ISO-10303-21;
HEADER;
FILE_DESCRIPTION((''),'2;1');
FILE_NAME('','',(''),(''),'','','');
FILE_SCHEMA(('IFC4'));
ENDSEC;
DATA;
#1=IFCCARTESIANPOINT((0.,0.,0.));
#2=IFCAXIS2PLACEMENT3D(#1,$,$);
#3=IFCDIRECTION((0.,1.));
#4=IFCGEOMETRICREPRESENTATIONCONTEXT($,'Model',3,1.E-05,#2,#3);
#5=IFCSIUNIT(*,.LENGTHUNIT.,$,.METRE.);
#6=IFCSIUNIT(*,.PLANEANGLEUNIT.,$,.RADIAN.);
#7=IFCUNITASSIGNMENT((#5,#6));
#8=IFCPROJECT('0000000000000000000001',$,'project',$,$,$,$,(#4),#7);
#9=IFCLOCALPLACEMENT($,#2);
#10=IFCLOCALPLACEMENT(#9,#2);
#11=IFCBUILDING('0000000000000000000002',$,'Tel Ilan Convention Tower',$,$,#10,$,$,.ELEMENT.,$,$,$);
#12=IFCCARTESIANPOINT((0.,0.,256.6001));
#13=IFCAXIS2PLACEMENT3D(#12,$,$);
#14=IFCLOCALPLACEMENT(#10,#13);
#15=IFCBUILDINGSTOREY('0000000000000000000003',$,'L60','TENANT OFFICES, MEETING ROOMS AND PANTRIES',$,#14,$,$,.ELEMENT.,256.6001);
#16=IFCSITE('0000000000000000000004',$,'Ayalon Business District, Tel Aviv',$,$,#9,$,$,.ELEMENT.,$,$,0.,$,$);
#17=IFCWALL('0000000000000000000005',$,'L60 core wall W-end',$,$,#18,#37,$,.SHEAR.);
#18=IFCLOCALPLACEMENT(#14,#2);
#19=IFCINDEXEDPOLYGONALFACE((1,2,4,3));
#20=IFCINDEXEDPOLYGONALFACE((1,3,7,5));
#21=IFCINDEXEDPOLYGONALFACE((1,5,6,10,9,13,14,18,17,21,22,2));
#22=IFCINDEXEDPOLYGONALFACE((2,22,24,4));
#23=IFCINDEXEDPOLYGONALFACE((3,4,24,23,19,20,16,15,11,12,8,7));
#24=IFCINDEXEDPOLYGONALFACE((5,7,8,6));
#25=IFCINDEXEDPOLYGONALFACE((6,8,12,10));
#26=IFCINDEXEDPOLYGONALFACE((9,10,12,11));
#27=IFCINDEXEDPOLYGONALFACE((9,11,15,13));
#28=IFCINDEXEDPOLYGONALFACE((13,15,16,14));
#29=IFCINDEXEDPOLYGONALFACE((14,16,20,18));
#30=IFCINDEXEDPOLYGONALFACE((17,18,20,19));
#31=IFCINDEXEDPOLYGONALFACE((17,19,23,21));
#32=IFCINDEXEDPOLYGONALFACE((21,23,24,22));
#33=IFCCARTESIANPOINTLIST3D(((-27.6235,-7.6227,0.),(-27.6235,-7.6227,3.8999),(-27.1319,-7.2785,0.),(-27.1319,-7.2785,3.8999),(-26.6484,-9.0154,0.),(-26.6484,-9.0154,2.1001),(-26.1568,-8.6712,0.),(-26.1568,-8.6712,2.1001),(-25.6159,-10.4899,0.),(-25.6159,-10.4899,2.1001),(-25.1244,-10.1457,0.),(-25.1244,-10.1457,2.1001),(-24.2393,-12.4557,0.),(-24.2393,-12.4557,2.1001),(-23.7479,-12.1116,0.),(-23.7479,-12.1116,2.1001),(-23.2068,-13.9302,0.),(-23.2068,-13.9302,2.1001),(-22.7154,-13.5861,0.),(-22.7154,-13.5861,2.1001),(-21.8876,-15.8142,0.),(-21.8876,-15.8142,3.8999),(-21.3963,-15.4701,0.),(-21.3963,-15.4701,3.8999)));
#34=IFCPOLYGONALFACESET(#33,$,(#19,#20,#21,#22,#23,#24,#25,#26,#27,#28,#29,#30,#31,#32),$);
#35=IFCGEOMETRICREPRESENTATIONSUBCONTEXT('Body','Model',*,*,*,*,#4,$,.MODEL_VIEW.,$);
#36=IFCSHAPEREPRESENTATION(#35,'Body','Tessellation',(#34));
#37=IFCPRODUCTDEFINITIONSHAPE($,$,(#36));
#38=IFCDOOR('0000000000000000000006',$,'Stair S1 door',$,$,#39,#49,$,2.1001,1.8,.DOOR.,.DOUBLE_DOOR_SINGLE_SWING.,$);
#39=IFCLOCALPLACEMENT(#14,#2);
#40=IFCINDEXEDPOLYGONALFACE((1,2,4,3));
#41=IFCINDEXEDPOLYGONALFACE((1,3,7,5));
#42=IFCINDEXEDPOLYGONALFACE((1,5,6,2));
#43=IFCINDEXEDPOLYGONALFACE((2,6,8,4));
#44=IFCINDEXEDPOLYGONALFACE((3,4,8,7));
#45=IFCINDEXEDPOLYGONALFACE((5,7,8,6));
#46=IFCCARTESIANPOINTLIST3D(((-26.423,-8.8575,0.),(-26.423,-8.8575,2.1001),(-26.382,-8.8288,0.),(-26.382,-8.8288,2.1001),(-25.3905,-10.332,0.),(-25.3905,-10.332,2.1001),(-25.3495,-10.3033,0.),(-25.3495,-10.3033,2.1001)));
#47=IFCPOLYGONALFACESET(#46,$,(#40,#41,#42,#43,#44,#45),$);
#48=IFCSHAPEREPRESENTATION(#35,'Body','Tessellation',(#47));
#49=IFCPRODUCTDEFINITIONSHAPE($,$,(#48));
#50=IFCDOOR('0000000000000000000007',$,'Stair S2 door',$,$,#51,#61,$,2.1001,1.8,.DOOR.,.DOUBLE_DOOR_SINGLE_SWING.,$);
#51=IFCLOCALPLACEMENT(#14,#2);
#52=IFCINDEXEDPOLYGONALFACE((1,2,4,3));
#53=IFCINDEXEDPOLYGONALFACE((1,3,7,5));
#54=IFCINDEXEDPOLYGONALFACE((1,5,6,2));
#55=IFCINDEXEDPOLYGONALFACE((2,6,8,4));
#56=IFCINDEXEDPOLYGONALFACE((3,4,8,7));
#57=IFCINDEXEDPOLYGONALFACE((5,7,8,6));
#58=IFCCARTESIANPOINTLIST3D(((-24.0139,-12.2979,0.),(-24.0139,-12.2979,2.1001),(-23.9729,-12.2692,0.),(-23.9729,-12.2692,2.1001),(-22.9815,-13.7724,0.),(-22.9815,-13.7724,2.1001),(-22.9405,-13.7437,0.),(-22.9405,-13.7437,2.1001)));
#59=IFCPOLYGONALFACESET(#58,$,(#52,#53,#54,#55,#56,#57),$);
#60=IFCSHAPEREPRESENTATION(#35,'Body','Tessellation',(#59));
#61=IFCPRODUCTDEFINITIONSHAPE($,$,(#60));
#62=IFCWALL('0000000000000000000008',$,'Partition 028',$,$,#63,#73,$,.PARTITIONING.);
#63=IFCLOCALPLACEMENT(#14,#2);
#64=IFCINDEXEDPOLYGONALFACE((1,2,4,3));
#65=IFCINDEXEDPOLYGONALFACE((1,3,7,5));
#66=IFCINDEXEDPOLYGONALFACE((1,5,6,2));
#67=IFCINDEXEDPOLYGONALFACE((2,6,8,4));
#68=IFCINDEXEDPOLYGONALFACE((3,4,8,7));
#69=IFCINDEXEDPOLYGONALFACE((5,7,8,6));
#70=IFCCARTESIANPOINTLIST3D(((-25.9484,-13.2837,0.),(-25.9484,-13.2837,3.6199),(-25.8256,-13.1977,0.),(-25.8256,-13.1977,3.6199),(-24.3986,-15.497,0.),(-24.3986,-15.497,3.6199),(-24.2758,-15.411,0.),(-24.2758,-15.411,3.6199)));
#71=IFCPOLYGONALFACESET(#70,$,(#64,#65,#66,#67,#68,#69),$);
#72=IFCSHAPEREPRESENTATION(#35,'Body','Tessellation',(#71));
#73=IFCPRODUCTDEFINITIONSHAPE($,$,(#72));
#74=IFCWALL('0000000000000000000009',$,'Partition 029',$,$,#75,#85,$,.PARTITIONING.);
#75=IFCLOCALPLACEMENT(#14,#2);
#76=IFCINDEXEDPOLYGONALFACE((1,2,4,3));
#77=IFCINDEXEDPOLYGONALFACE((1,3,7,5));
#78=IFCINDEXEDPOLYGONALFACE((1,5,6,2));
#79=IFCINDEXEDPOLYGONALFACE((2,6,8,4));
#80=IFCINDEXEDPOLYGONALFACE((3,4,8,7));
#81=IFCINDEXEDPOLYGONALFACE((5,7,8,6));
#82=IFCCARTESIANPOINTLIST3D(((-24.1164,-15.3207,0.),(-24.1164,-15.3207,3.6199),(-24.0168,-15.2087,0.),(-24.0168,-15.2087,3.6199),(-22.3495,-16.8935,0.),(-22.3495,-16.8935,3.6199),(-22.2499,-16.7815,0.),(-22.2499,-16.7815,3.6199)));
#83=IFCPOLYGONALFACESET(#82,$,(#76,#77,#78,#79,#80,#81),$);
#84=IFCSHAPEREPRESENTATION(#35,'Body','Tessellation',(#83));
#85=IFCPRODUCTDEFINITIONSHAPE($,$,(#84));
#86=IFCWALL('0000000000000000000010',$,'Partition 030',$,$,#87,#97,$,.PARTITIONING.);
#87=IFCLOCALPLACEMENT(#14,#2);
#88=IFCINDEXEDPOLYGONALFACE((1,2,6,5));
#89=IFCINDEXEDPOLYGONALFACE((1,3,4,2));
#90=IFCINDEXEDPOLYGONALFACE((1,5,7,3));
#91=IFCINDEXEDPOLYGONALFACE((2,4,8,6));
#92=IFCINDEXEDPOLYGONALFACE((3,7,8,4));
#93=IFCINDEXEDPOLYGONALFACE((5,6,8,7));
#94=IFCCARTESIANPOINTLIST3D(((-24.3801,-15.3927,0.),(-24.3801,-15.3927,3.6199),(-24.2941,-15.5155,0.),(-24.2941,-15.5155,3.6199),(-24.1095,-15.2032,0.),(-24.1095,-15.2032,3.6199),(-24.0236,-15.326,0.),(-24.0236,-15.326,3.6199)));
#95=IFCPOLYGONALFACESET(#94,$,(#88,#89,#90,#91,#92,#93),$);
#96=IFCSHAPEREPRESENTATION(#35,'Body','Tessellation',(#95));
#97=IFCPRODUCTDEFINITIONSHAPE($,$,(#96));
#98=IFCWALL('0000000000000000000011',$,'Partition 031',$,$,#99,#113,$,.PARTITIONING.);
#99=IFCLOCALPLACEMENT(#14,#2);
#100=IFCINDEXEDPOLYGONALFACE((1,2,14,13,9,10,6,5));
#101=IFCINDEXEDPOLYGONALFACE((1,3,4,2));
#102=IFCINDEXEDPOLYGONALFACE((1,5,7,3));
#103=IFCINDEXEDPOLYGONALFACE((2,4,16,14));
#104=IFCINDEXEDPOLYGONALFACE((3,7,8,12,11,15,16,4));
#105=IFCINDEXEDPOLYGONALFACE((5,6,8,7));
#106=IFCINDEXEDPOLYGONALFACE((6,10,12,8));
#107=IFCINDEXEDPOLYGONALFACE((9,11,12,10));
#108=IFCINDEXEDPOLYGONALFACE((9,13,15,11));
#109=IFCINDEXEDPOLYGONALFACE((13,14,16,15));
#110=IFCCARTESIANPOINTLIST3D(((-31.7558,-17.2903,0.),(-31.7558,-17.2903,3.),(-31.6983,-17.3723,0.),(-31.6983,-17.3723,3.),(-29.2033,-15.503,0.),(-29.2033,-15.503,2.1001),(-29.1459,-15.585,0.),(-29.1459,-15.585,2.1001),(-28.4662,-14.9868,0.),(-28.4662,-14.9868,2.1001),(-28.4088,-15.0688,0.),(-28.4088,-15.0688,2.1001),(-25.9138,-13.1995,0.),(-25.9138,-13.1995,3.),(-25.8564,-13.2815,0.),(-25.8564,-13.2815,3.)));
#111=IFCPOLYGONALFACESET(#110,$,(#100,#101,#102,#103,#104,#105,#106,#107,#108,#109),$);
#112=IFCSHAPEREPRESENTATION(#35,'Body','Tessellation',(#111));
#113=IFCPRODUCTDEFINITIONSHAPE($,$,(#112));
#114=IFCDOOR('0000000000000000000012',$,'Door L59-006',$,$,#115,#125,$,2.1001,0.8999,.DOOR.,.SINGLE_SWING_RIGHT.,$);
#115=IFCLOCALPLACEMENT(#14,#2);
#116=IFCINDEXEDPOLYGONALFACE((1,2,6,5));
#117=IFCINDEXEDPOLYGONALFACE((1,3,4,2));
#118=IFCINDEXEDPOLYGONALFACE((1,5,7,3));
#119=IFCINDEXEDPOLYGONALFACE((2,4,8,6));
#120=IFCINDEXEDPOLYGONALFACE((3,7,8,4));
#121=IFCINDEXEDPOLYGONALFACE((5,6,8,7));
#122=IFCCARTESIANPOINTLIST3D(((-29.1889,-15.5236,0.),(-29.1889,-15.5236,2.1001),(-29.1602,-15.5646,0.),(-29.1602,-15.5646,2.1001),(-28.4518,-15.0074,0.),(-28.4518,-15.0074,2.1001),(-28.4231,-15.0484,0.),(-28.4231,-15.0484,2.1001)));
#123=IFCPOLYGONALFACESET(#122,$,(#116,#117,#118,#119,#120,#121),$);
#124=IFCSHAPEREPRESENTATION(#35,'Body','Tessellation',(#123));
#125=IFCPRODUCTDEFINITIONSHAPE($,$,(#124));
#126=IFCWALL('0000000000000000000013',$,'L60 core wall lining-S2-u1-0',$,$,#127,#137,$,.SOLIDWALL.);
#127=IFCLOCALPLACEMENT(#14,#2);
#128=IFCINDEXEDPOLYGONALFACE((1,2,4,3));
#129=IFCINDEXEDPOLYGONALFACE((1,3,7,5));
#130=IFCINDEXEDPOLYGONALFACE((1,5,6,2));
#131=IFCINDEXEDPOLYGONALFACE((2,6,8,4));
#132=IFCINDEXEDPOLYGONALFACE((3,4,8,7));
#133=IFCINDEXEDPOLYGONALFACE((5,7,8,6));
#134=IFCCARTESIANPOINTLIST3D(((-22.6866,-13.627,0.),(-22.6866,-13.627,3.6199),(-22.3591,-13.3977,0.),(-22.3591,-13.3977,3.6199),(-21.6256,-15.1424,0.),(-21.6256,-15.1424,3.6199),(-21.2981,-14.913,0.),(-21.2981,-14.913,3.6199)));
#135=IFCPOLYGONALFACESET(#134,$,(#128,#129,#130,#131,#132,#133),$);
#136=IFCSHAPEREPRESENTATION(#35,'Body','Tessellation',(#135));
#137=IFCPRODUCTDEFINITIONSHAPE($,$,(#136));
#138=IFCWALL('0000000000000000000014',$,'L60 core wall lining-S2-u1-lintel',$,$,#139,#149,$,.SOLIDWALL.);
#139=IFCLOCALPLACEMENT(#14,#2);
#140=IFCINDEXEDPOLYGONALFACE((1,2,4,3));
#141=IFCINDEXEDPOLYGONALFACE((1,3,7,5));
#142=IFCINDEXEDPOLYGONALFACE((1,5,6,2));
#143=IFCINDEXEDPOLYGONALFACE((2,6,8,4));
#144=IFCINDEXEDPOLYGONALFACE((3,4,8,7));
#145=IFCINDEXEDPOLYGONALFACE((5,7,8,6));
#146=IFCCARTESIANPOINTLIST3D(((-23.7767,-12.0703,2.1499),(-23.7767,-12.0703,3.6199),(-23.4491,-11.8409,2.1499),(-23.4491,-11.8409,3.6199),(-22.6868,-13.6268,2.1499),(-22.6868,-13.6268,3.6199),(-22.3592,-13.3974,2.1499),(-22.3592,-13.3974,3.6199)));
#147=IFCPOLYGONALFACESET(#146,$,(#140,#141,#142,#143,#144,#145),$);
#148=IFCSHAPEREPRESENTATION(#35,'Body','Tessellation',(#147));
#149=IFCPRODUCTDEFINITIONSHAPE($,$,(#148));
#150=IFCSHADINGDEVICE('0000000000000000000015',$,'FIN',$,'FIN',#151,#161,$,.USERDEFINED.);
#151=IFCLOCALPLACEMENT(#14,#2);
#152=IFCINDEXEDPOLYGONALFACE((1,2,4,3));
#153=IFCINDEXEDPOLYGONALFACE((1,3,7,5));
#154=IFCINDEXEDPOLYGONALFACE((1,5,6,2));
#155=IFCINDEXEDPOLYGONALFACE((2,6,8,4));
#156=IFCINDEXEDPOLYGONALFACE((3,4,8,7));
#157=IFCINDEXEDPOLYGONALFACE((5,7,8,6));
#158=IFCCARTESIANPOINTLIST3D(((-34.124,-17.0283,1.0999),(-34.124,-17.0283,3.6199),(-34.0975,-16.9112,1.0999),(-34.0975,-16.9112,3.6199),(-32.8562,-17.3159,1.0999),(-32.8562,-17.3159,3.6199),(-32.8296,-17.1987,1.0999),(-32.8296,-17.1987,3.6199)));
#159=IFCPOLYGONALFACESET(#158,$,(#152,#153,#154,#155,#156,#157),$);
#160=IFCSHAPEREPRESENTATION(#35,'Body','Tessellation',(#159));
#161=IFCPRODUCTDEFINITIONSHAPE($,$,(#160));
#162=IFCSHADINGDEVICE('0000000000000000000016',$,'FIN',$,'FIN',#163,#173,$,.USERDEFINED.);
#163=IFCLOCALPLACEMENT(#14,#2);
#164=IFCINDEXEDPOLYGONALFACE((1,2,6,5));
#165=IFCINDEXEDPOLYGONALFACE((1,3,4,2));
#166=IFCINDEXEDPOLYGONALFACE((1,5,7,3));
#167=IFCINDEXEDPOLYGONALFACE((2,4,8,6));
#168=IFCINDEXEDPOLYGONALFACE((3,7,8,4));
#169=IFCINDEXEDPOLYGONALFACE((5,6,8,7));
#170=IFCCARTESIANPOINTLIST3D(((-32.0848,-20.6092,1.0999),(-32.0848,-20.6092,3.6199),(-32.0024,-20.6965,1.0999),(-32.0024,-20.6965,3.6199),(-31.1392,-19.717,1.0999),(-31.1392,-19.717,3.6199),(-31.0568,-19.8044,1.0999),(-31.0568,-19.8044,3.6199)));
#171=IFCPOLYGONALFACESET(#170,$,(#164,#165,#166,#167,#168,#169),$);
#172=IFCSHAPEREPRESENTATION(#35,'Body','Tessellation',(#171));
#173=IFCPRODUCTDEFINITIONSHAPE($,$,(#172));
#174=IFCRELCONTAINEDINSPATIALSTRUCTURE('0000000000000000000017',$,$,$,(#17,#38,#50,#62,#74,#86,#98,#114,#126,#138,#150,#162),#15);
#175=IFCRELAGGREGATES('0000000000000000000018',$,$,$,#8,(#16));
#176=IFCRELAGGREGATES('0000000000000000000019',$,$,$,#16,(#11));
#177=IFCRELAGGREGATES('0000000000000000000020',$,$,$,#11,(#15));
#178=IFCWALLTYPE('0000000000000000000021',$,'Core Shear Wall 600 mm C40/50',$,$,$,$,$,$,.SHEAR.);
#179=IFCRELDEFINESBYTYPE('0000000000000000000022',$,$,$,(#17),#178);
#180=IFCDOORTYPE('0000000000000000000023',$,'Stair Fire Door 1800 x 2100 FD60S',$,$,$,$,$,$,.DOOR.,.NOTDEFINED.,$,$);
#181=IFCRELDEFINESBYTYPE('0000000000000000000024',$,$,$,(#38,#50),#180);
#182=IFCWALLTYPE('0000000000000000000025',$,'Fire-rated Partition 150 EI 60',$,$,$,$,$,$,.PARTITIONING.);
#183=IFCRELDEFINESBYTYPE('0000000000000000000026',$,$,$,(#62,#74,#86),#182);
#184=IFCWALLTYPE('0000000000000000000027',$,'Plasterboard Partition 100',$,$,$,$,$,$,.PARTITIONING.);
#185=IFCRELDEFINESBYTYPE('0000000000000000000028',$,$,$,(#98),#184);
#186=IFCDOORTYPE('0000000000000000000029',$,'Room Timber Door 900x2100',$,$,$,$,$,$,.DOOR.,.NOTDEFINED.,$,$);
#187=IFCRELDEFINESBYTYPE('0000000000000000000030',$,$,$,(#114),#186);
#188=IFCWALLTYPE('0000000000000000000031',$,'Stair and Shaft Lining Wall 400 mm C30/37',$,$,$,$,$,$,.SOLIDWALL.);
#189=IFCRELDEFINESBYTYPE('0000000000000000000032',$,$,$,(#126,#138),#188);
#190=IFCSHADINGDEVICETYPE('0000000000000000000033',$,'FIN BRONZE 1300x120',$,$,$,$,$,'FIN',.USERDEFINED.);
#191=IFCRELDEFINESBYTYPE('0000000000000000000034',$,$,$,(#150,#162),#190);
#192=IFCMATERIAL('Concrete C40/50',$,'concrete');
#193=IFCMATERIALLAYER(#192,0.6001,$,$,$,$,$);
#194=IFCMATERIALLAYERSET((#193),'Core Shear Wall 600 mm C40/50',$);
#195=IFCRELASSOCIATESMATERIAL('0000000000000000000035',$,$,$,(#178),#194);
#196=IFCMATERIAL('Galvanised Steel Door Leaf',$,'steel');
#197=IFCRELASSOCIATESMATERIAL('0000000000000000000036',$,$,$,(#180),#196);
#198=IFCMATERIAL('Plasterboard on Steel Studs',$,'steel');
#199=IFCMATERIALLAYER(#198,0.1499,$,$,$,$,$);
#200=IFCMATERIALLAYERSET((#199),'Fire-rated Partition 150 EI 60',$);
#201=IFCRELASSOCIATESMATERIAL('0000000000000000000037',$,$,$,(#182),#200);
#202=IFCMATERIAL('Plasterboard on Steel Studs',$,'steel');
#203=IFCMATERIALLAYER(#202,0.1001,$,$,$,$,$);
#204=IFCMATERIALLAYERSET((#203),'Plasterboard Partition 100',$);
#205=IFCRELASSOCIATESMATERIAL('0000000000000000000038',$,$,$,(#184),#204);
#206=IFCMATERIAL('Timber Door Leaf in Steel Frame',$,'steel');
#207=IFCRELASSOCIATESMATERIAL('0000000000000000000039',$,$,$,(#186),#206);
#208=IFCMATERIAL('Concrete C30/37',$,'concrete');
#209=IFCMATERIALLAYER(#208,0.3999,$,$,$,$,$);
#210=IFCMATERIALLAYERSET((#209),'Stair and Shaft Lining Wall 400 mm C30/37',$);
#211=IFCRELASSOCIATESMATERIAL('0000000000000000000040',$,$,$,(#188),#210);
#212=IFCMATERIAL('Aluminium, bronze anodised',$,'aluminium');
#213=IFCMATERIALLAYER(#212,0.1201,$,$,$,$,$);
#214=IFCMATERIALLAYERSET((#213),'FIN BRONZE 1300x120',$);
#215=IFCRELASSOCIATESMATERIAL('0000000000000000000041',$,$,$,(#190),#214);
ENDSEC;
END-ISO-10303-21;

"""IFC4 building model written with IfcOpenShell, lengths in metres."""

from ifc_helpers import new_model, si_unit, direction, frame, frame_2d, origin, origin_2d, place, context, subcontext, project, spatial, polyline, rectangle, outline, extrude, material, layer, layer_set, type_object, element, fill, save


model = new_model("IFC4")

# Units and contexts
model_context = context("Model", 3, precision=1e-05, world=origin(), true_north=direction((0.0, 1.0)))
body_context = subcontext(model_context, "Body", "Model", "MODEL_VIEW")
ifc_project = project(units=[si_unit("LENGTHUNIT", "METRE"), si_unit("PLANEANGLEUNIT", "RADIAN")], contexts=[model_context])

# Site, building, storey
site_placement = place(None, origin())
site = spatial("IfcSite", under=ifc_project, at=site_placement, Name="Ayalon Business District, Tel Aviv", CompositionType="ELEMENT", RefElevation=0.0)
building_placement = place(site_placement, origin())
building = spatial("IfcBuilding", under=site, at=building_placement, Name="Tel Ilan Convention Tower", CompositionType="ELEMENT")
storey_placement = place(building_placement, frame((0.0, 0.0, 256.6001)))
storey = spatial("IfcBuildingStorey", under=building, at=storey_placement, Name="L60", Description="TENANT OFFICES, MEETING ROOMS AND PANTRIES", CompositionType="ELEMENT", Elevation=256.6001)

# Wall, openings, doors
ifc_material_1 = material(Name="Concrete C40/50", Category="concrete")
ifc_layer_1 = layer(ifc_material_1, 0.6001)
ifc_layer_set_1 = layer_set([ifc_layer_1], Name="Core Shear Wall 600 mm C40/50")
wall_type_1 = type_object("IfcWallType", Name="Core Shear Wall 600 mm C40/50", PredefinedType="SHEAR", material=ifc_layer_set_1)
wall_1_placement = place(storey_placement, frame((-21.6418, -15.6421, 0.0), z_axis=(0.0, 0.0, 1.0), x_axis=(-0.573587, 0.819145, 0.0)))
wall_1 = element("IfcWall", 1, at=wall_1_placement, inside=storey, type_object=wall_type_1, Name="L60 core wall W-end", PredefinedType="SHEAR", context=body_context, shape_type="SweptSolid", body=[
    extrude(outline(polyline([(0.0, 0.3), (0.0, -0.2998), (10.0, -0.3), (10.0, 0.3), (0.0, 0.3)])), origin(), (0.0, 0.0, 1.0), 3.8999),
])
opening_1_placement = place(wall_1_placement, frame((6.5, 0.0, 0.0)))
opening_1 = element("IfcOpeningElement", 2, at=opening_1_placement, cuts=wall_1, PredefinedType="OPENING", context=body_context, shape_type="SweptSolid", body=[
    extrude(rectangle(XDim=1.8, YDim=2.1001, at=frame_2d((0.8999, 1.05))), frame((0.0, 0.3101, 0.0), z_axis=(0.0, -1.0, 0.0), x_axis=(1.0, 0.0, 0.0)), (0.0, 0.0, 1.0), 0.6201),
])
opening_2_placement = place(wall_1_placement, frame((2.3, 0.0, 0.0)))
opening_2 = element("IfcOpeningElement", 3, at=opening_2_placement, cuts=wall_1, PredefinedType="OPENING", context=body_context, shape_type="SweptSolid", body=[
    extrude(rectangle(XDim=1.8, YDim=2.1001, at=frame_2d((0.8999, 1.05))), frame((0.0, 0.3101, 0.0), z_axis=(0.0, -1.0, 0.0), x_axis=(1.0, 0.0, 0.0)), (0.0, 0.0, 1.0), 0.6201),
])
ifc_material_2 = material(Name="Galvanised Steel Door Leaf", Category="steel")
door_type_1 = type_object("IfcDoorType", Name="Stair Fire Door 1800 x 2100 FD60S", OperationType="NOTDEFINED", PredefinedType="DOOR", material=ifc_material_2)
door_1_placement = place(opening_1_placement, origin())
door_1 = element("IfcDoor", 4, at=door_1_placement, inside=storey, type_object=door_type_1, Name="Stair S1 door", OperationType="DOUBLE_DOOR_SINGLE_SWING", OverallHeight=2.1001, OverallWidth=1.8, PredefinedType="DOOR", context=body_context, shape_type="SweptSolid", body=[
    extrude(rectangle(XDim=1.8, YDim=2.1001, at=frame_2d((0.8999, 1.05))), frame((0.0, 0.0249, 0.0), z_axis=(0.0, -1.0, 0.0), x_axis=(1.0, 0.0, 0.0)), (0.0, 0.0, 1.0), 0.05),
])
fill(opening_1, door_1)
door_2_placement = place(opening_2_placement, origin())
door_2 = element("IfcDoor", 5, at=door_2_placement, inside=storey, type_object=door_type_1, Name="Stair S2 door", OperationType="DOUBLE_DOOR_SINGLE_SWING", OverallHeight=2.1001, OverallWidth=1.8, PredefinedType="DOOR", context=body_context, shape_type="SweptSolid", body=[
    extrude(rectangle(XDim=1.8, YDim=2.1001, at=frame_2d((0.8999, 1.05))), frame((0.0, 0.0249, 0.0), z_axis=(0.0, -1.0, 0.0), x_axis=(1.0, 0.0, 0.0)), (0.0, 0.0, 1.0), 0.05),
])
fill(opening_2, door_2)

# Walls
ifc_material_3 = material(Name="Plasterboard on Steel Studs", Category="steel")
ifc_layer_2 = layer(ifc_material_3, 0.1499)
ifc_layer_set_2 = layer_set([ifc_layer_2], Name="Fire-rated Partition 150 EI 60")
wall_type_2 = type_object("IfcWallType", Name="Fire-rated Partition 150 EI 60", PredefinedType="PARTITIONING", material=ifc_layer_set_2)
wall_2_placement = place(storey_placement, frame((-24.3372, -15.4541, 0.0), z_axis=(0.0, 0.0, 1.0), x_axis=(-0.573571, 0.819156, 0.0)))
element("IfcWall", 6, at=wall_2_placement, inside=storey, type_object=wall_type_2, Name="Partition 028", PredefinedType="PARTITIONING", context=body_context, shape_type="SweptSolid", body=[
    extrude(rectangle(XDim=2.7019, YDim=0.1499, at=frame_2d((1.3511, 0.0))), origin(), (0.0, 0.0, 1.0), 3.6199),
])
wall_3_placement = place(storey_placement, frame((-22.2998, -16.8374, 0.0), z_axis=(0.0, 0.0, 1.0), x_axis=(-0.746942, 0.664889, 0.0)))
element("IfcWall", 7, at=wall_3_placement, inside=storey, type_object=wall_type_2, Name="Partition 029", PredefinedType="PARTITIONING", context=body_context, shape_type="SweptSolid", body=[
    extrude(rectangle(XDim=2.3655, YDim=0.1499, at=frame_2d((1.1826, 0.0))), origin(), (0.0, 0.0, 1.0), 3.6199),
])
wall_4_placement = place(storey_placement, frame((-24.0667, -15.2646, 0.0), z_axis=(0.0, 0.0, 1.0), x_axis=(-0.819093, -0.573661, 0.0)))
element("IfcWall", 8, at=wall_4_placement, inside=storey, type_object=wall_type_2, Name="Partition 030", PredefinedType="PARTITIONING", context=body_context, shape_type="SweptSolid", body=[
    extrude(rectangle(XDim=0.3303, YDim=0.1499, at=frame_2d((0.165, 0.0))), origin(), (0.0, 0.0, 1.0), 3.6199),
])

# Wall, opening, door
ifc_material_4 = material(Name="Plasterboard on Steel Studs", Category="steel")
ifc_layer_3 = layer(ifc_material_4, 0.1001)
ifc_layer_set_3 = layer_set([ifc_layer_3], Name="Plasterboard Partition 100")
wall_type_3 = type_object("IfcWallType", Name="Plasterboard Partition 100", PredefinedType="PARTITIONING", material=ifc_layer_set_3)
wall_5_placement = place(storey_placement, frame((-31.7271, -17.3313, 0.0), z_axis=(0.0, 0.0, 1.0), x_axis=(0.81914, 0.573593, 0.0)))
wall_5 = element("IfcWall", 9, at=wall_5_placement, inside=storey, type_object=wall_type_3, Name="Partition 031", PredefinedType="PARTITIONING", context=body_context, shape_type="SweptSolid", body=[
    extrude(rectangle(XDim=7.1318, YDim=0.1001, at=frame_2d((3.5659, 0.0))), origin(), (0.0, 0.0, 1.0), 3.0),
])
opening_3_placement = place(wall_5_placement, frame((3.116, 0.0, 0.0)))
opening_3 = element("IfcOpeningElement", 10, at=opening_3_placement, cuts=wall_5, PredefinedType="OPENING", context=body_context, shape_type="SweptSolid", body=[
    extrude(rectangle(XDim=0.8999, YDim=2.1001, at=frame_2d((0.45, 1.05))), frame((0.0, 0.0601, 0.0), z_axis=(0.0, -1.0, 0.0), x_axis=(1.0, 0.0, 0.0)), (0.0, 0.0, 1.0), 0.1201),
])
ifc_material_5 = material(Name="Timber Door Leaf in Steel Frame", Category="steel")
door_type_2 = type_object("IfcDoorType", Name="Room Timber Door 900x2100", OperationType="NOTDEFINED", PredefinedType="DOOR", material=ifc_material_5)
door_3_placement = place(opening_3_placement, origin())
door_3 = element("IfcDoor", 11, at=door_3_placement, inside=storey, type_object=door_type_2, Name="Door L59-006", OperationType="SINGLE_SWING_RIGHT", OverallHeight=2.1001, OverallWidth=0.8999, PredefinedType="DOOR", context=body_context, shape_type="SweptSolid", body=[
    extrude(rectangle(XDim=0.8999, YDim=2.1001, at=frame_2d((0.45, 1.05))), frame((0.0, 0.0249, 0.0), z_axis=(0.0, -1.0, 0.0), x_axis=(1.0, 0.0, 0.0)), (0.0, 0.0, 1.0), 0.05),
])
fill(opening_3, door_3)

# Walls
ifc_material_6 = material(Name="Concrete C30/37", Category="concrete")
ifc_layer_4 = layer(ifc_material_6, 0.3999)
ifc_layer_set_4 = layer_set([ifc_layer_4], Name="Stair and Shaft Lining Wall 400 mm C30/37")
wall_type_4 = type_object("IfcWallType", Name="Stair and Shaft Lining Wall 400 mm C30/37", PredefinedType="SOLIDWALL", material=ifc_layer_set_4)
wall_6_placement = place(storey_placement, frame((-21.4619, -15.0276, 0.0), z_axis=(0.0, 0.0, 1.0), x_axis=(-0.57356, 0.819164, 0.0)))
element("IfcWall", 12, at=wall_6_placement, inside=storey, type_object=wall_type_4, Name="L60 core wall lining-S2-u1-0", PredefinedType="SOLIDWALL", context=body_context, shape_type="SweptSolid", body=[
    extrude(rectangle(XDim=1.8499, YDim=0.3999, at=frame_2d((0.9248, 0.0))), origin(), (0.0, 0.0, 1.0), 3.6199),
])
wall_7_placement = place(storey_placement, frame((-22.5229, -13.5122, 2.1499), z_axis=(0.0, 0.0, 1.0), x_axis=(-0.573592, 0.819141, 0.0)))
element("IfcWall", 13, at=wall_7_placement, inside=storey, type_object=wall_type_4, Name="L60 core wall lining-S2-u1-lintel", PredefinedType="SOLIDWALL", context=body_context, shape_type="SweptSolid", body=[
    extrude(rectangle(XDim=1.9001, YDim=0.3999, at=frame_2d((0.9502, 0.0))), origin(), (0.0, 0.0, 1.0), 1.47),
])

# Shading devices
ifc_material_7 = material(Name="Aluminium, bronze anodised", Category="aluminium")
ifc_layer_5 = layer(ifc_material_7, 0.1201)
ifc_layer_set_5 = layer_set([ifc_layer_5], Name="FIN BRONZE 1300x120")
shading_device_type = type_object("IfcShadingDeviceType", Name="FIN BRONZE 1300x120", ElementType="FIN", PredefinedType="USERDEFINED", material=ifc_layer_set_5)
for number, where, z_axis, x_axis, name in (
    (14, (-33.4768, -17.1135, 1.0999), (0.0, 0.0, 1.0), (-0.975235, 0.22117, 0.0), "FIN"),
    (15, (-31.5708, -20.2068, 1.0999), (0.0, 0.0, 1.0), (-0.727374, -0.686242, 0.0), "FIN"),
):
    element("IfcShadingDevice", number, at=place(storey_placement, frame(where, z_axis=z_axis, x_axis=x_axis)), inside=storey, type_object=shading_device_type, Name=name, ObjectType="FIN", PredefinedType="USERDEFINED", context=body_context, shape_type="SweptSolid", body=[
        extrude(rectangle(XDim=1.3, YDim=0.1201, at=origin_2d()), origin(), (0.0, 0.0, 1.0), 2.52),
    ])

save(model, "model.ifc")
